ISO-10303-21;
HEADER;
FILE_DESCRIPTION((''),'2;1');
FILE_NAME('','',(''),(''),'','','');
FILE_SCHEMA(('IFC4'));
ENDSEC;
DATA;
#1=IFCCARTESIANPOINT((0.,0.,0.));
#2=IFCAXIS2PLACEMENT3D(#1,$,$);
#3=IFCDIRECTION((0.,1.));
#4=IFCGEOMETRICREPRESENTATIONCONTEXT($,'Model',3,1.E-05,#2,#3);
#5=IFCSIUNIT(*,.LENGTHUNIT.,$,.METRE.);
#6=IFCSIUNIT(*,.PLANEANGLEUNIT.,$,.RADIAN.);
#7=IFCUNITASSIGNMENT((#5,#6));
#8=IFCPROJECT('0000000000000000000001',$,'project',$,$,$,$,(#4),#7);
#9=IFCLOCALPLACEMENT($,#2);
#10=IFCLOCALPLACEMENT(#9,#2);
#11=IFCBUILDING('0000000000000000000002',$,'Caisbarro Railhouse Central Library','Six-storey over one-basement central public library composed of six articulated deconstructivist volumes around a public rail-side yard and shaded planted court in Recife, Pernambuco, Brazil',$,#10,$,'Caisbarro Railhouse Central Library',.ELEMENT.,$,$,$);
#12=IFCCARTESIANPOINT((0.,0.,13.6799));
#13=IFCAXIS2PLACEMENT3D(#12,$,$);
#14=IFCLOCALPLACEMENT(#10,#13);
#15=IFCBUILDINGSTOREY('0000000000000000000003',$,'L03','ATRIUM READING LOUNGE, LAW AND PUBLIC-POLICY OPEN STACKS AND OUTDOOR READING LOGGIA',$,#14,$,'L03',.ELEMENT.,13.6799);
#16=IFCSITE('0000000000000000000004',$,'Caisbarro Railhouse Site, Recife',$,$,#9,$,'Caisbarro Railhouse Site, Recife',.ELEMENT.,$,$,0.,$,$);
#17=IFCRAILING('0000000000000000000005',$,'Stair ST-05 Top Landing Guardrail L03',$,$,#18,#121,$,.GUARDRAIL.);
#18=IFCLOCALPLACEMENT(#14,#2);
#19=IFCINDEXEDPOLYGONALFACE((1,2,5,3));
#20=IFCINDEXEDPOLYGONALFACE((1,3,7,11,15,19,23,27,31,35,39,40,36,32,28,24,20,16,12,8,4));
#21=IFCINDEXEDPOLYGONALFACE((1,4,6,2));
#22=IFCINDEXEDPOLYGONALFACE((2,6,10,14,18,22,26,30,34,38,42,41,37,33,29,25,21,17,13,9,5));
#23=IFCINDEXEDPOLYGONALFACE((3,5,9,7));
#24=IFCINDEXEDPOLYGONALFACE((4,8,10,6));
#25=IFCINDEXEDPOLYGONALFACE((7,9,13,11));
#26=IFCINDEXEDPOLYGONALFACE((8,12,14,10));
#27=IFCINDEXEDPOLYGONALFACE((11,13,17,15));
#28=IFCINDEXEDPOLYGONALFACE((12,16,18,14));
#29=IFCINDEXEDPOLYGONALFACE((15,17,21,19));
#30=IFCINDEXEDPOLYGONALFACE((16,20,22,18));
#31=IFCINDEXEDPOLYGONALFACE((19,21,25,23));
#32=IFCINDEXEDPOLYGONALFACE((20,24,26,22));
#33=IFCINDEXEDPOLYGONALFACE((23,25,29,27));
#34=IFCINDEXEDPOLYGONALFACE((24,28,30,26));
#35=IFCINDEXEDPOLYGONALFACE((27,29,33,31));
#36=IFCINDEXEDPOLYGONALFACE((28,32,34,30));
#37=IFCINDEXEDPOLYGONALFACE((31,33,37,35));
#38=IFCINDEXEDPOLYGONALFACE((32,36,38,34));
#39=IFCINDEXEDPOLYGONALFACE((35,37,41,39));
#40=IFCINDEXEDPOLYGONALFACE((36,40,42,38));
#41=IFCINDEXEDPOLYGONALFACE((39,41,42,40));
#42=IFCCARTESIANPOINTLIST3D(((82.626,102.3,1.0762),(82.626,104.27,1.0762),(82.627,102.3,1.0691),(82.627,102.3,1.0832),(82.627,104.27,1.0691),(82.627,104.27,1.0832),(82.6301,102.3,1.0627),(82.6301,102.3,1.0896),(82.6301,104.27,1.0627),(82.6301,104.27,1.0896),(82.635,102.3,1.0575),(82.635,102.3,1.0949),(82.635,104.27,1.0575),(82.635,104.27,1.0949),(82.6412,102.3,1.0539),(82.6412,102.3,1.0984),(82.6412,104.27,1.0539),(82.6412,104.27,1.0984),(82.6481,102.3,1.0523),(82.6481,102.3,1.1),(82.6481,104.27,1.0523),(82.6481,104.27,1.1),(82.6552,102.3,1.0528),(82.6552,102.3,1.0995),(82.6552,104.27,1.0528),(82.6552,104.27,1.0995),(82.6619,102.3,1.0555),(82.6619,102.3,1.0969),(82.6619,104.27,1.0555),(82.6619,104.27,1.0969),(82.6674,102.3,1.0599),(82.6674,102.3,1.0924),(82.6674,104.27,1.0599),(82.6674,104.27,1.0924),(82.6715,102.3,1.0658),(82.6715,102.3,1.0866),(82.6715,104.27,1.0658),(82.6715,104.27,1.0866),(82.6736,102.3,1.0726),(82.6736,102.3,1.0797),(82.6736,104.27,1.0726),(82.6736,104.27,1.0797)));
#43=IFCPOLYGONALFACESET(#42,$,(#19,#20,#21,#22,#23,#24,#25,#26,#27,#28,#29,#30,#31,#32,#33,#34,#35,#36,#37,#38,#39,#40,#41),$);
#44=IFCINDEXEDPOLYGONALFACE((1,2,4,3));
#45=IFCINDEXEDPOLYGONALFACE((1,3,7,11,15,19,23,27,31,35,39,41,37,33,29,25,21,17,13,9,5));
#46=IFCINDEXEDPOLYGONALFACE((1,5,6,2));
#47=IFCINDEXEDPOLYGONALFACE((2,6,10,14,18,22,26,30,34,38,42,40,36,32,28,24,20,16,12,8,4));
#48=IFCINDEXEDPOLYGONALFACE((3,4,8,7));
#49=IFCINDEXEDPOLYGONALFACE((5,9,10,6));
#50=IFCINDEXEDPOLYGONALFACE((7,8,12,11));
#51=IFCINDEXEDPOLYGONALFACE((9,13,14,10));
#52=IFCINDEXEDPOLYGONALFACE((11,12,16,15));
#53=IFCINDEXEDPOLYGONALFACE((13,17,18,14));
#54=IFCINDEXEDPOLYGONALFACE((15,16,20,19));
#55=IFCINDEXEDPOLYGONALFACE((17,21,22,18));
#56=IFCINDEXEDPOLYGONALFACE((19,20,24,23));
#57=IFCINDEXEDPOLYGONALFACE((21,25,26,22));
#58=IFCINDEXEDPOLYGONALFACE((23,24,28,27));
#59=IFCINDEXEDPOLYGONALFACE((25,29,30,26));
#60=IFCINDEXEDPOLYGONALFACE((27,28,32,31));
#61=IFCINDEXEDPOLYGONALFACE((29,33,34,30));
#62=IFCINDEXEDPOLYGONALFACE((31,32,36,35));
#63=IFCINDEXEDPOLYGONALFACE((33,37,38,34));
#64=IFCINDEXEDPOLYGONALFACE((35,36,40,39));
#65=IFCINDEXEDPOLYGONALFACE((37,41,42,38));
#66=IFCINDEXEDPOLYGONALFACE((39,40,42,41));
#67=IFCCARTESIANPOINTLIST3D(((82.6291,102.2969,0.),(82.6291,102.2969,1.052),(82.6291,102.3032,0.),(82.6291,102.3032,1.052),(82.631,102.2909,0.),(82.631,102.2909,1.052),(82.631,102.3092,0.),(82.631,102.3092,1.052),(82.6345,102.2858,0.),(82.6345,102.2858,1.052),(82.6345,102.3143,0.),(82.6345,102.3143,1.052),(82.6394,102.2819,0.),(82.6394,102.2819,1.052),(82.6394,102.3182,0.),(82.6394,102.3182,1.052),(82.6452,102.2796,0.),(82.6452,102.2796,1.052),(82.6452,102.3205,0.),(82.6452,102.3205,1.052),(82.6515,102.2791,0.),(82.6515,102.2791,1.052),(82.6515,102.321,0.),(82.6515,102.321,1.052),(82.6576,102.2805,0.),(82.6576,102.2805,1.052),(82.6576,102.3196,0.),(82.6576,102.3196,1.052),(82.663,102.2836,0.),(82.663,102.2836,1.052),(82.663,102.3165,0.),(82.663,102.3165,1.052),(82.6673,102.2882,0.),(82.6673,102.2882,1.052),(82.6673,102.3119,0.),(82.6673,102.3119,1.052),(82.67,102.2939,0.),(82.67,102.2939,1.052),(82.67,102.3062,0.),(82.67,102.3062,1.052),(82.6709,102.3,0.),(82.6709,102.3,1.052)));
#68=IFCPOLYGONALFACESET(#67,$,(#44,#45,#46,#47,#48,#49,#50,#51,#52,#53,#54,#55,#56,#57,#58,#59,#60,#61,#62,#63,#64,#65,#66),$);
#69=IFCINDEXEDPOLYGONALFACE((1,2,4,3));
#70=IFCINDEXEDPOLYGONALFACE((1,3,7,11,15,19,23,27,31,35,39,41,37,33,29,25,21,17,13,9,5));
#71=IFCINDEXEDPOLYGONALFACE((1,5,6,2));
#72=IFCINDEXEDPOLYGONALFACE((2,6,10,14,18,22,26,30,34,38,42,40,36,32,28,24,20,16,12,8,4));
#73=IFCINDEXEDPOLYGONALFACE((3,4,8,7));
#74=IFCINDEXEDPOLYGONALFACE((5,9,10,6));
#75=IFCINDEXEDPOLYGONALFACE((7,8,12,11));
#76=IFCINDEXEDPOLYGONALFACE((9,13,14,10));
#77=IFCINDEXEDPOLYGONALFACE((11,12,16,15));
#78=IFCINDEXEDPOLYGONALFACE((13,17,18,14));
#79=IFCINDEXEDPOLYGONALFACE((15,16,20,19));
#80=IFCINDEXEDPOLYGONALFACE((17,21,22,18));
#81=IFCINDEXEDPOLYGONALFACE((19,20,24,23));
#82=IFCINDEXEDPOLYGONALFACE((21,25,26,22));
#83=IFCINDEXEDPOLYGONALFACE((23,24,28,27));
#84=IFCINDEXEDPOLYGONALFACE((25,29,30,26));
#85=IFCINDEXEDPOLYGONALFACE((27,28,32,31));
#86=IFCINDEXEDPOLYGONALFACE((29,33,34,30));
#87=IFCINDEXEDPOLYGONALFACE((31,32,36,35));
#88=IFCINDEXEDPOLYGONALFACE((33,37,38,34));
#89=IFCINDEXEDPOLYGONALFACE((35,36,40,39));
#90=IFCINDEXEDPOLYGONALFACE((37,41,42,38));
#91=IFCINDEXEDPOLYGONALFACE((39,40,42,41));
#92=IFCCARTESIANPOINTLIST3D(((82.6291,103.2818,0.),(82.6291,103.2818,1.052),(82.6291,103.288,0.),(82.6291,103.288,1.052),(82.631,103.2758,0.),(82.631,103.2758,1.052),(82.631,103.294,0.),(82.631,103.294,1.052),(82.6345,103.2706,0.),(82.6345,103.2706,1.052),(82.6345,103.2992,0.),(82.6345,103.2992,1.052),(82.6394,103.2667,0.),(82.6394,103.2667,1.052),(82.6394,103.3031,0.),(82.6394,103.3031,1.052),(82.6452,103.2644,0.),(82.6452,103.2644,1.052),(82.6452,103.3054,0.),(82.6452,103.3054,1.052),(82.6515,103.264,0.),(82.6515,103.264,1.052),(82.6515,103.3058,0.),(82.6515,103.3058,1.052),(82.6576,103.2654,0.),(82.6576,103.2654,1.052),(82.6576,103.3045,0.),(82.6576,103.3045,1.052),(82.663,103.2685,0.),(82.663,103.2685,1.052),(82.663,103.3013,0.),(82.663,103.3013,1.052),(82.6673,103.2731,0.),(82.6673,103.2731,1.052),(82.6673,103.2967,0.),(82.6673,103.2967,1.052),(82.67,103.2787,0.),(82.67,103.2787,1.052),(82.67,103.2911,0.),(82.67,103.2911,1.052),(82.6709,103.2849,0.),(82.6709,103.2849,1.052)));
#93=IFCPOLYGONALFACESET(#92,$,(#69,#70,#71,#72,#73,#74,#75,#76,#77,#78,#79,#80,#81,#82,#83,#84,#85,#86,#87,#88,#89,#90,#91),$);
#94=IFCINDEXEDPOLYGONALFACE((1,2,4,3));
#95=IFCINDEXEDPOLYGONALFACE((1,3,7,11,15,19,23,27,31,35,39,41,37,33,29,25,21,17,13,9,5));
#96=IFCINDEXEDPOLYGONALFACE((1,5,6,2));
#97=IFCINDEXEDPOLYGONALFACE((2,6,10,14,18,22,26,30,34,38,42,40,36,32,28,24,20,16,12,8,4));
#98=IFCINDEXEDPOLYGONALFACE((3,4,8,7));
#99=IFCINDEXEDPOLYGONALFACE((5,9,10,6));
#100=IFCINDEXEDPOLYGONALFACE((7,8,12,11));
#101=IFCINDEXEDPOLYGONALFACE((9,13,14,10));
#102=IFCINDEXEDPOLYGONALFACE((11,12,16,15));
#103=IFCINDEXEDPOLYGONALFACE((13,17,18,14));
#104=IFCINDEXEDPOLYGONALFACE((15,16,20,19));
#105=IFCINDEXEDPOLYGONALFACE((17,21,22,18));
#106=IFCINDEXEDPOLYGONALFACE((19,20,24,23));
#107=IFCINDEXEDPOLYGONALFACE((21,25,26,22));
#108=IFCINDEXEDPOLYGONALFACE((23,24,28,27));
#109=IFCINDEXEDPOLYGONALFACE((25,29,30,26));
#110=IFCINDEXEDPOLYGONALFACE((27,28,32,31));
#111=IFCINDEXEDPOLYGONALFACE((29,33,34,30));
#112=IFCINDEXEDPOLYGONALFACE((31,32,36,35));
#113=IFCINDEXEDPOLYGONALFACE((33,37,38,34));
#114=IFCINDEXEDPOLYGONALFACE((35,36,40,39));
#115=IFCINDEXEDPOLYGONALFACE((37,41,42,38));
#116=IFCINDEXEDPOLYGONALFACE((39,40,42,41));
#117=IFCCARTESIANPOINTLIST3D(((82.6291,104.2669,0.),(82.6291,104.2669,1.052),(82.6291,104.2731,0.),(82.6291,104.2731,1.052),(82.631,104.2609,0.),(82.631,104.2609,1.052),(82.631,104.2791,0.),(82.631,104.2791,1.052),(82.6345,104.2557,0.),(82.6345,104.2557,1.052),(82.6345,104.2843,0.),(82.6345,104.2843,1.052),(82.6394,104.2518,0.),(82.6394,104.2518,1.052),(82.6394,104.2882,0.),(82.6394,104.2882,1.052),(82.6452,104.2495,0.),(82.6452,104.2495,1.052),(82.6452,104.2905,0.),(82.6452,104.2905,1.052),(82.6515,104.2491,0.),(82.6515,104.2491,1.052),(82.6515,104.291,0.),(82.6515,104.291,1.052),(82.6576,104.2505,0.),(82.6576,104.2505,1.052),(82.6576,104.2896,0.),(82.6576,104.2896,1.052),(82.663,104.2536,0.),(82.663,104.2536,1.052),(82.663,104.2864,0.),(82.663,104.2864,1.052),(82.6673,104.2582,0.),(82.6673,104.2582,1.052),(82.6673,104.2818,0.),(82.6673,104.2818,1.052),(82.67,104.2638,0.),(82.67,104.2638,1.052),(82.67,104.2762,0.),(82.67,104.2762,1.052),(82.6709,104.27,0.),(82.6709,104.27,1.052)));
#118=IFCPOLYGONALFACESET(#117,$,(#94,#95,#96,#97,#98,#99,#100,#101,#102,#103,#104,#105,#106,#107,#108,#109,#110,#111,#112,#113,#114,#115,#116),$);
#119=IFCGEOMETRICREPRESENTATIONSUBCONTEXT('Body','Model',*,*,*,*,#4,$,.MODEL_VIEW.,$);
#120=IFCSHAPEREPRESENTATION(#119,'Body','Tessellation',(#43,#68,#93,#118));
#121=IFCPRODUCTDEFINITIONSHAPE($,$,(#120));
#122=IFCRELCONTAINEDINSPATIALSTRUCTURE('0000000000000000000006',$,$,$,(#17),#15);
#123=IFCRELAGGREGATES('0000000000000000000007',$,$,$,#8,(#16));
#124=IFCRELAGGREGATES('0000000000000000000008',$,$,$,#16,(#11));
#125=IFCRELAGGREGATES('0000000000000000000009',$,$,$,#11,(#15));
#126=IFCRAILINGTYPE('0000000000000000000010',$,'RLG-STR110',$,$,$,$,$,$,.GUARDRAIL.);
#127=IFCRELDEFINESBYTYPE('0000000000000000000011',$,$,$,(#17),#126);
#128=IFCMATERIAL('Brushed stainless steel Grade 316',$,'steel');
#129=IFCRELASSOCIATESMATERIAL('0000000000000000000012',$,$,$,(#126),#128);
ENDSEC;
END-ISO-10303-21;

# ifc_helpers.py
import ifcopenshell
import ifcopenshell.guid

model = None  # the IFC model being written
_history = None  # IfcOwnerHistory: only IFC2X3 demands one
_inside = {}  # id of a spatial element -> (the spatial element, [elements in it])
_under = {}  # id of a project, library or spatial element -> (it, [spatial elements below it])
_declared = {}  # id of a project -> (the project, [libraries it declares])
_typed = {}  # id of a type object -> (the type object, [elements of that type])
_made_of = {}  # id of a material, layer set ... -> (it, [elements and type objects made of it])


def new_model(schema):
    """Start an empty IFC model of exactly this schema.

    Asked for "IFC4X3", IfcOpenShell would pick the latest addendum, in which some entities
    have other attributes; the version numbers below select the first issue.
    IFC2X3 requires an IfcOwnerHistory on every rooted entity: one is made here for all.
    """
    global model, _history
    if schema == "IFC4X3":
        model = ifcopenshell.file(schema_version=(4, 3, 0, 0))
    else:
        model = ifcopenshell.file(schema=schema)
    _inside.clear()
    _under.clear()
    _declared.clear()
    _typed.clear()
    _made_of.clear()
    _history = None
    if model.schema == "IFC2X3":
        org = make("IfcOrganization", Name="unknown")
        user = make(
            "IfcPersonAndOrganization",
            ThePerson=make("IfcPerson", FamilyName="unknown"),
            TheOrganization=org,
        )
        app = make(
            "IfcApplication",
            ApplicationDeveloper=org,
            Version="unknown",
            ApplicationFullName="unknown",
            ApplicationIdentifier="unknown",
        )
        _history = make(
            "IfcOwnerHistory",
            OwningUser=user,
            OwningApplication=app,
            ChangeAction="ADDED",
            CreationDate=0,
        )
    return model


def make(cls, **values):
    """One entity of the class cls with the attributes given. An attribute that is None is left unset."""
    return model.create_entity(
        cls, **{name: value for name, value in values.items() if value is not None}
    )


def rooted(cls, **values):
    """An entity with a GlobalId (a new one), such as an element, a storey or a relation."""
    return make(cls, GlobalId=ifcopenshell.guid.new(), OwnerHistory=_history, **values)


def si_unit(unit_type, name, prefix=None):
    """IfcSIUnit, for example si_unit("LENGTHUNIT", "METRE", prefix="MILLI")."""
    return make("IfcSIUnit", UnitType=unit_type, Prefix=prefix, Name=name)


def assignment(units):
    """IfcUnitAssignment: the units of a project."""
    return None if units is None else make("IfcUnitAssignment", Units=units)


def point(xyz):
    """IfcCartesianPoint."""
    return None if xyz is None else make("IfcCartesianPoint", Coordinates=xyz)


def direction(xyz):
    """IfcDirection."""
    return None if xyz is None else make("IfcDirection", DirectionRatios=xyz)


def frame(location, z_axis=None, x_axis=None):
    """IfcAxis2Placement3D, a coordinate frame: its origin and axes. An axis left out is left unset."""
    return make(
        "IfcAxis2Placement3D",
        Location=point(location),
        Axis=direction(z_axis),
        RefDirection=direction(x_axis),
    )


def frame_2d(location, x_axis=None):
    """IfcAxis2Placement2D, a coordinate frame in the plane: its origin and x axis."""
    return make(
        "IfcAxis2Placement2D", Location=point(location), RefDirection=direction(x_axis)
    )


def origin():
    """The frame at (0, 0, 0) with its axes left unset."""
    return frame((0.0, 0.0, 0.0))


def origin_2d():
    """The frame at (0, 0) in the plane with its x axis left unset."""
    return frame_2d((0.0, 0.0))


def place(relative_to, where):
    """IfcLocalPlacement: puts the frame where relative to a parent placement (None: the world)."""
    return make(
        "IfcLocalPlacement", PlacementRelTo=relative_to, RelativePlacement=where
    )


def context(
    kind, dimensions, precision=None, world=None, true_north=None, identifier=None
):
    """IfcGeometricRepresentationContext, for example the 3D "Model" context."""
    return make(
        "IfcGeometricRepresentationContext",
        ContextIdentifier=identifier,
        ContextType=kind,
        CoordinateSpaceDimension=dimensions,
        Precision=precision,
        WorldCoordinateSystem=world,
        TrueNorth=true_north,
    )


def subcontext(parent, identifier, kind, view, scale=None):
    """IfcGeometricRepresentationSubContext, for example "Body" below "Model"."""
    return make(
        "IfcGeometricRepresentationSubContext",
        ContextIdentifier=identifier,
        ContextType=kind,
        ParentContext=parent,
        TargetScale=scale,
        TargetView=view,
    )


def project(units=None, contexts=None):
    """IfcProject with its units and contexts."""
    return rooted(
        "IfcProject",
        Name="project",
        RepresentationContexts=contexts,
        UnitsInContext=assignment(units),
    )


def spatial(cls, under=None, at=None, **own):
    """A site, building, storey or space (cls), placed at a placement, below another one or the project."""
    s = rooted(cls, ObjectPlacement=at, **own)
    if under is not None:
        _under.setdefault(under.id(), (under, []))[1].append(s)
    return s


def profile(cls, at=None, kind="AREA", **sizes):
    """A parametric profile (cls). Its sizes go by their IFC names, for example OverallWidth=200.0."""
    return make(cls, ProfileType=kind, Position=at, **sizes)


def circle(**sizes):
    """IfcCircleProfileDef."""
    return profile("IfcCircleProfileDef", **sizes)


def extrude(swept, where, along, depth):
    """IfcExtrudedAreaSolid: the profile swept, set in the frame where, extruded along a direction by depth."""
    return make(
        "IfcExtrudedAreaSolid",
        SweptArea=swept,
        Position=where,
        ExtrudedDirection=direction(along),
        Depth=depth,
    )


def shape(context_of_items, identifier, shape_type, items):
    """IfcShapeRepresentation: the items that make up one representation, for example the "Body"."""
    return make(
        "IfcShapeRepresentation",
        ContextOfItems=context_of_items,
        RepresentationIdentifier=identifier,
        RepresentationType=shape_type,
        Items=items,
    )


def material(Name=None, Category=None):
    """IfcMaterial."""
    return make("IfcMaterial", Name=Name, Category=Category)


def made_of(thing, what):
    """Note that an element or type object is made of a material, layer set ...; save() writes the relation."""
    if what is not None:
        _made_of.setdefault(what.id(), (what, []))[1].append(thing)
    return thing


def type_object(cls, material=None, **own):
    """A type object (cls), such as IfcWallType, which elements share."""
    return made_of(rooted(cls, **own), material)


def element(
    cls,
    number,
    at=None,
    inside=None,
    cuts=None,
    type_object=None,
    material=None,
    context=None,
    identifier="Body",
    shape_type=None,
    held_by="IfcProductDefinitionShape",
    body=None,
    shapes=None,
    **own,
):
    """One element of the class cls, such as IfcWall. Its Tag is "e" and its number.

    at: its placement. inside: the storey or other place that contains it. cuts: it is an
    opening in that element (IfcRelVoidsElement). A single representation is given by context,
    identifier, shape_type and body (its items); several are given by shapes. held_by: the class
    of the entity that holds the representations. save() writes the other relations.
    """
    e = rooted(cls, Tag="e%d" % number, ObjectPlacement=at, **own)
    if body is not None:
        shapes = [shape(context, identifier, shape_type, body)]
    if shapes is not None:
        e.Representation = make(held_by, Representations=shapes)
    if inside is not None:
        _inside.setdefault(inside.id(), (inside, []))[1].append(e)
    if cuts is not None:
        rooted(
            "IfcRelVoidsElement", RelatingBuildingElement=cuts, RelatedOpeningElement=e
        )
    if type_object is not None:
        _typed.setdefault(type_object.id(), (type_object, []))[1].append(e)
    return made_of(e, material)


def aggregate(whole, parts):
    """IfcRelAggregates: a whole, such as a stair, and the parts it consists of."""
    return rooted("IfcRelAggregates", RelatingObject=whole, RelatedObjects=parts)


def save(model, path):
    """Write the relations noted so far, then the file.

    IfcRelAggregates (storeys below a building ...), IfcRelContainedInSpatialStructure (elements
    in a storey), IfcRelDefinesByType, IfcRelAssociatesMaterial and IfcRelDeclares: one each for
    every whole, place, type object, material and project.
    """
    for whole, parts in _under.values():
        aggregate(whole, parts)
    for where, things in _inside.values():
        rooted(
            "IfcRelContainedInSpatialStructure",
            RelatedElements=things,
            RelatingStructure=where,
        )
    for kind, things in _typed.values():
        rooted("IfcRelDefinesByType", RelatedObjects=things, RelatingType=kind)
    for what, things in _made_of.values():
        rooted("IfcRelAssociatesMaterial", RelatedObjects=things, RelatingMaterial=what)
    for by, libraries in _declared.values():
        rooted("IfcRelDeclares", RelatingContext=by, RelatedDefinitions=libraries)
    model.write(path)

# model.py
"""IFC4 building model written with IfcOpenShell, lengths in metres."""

from ifc_helpers import new_model, si_unit, direction, frame, origin, origin_2d, place, context, subcontext, project, spatial, circle, extrude, material, type_object, element, save


model = new_model("IFC4")

# Units and contexts
model_context = context("Model", 3, precision=1e-05, world=origin(), true_north=direction((0.0, 1.0)))
body_context = subcontext(model_context, "Body", "Model", "MODEL_VIEW")
ifc_project = project(units=[si_unit("LENGTHUNIT", "METRE"), si_unit("PLANEANGLEUNIT", "RADIAN")], contexts=[model_context])

# Site, building, storey
site_placement = place(None, origin())
site = spatial("IfcSite", under=ifc_project, at=site_placement, Name="Caisbarro Railhouse Site, Recife", LongName="Caisbarro Railhouse Site, Recife", CompositionType="ELEMENT", RefElevation=0.0)
building_placement = place(site_placement, origin())
building = spatial("IfcBuilding", under=site, at=building_placement, Name="Caisbarro Railhouse Central Library", Description="Six-storey over one-basement central public library composed of six articulated deconstructivist volumes around a public rail-side yard and shaded planted court in Recife, Pernambuco, Brazil", LongName="Caisbarro Railhouse Central Library", CompositionType="ELEMENT")
storey_placement = place(building_placement, frame((0.0, 0.0, 13.6799)))
storey = spatial("IfcBuildingStorey", under=building, at=storey_placement, Name="L03", Description="ATRIUM READING LOUNGE, LAW AND PUBLIC-POLICY OPEN STACKS AND OUTDOOR READING LOGGIA", LongName="L03", CompositionType="ELEMENT", Elevation=13.6799)

# Railing
ifc_material_1 = material(Name="Brushed stainless steel Grade 316", Category="steel")
railing_type = type_object("IfcRailingType", Name="RLG-STR110", PredefinedType="GUARDRAIL", material=ifc_material_1)
railing_placement = place(storey_placement, frame((82.6499, 102.3, 0.0)))
element("IfcRailing", 1, at=railing_placement, inside=storey, type_object=railing_type, Name="Stair ST-05 Top Landing Guardrail L03", PredefinedType="GUARDRAIL", context=body_context, shape_type="SweptSolid", body=[
    extrude(circle(Radius=0.0239, at=origin_2d()), frame((0.0, 0.0, 1.0762), z_axis=(0.0, 1.0, 0.0), x_axis=(-1.0, 0.0, 0.0)), (0.0, 0.0, 1.0), 1.97),
    extrude(circle(Radius=0.021, at=origin_2d()), origin(), (0.0, 0.0, 1.0), 1.052),
    extrude(circle(Radius=0.021, at=origin_2d()), frame((0.0, 0.9849, 0.0)), (0.0, 0.0, 1.0), 1.052),
    extrude(circle(Radius=0.021, at=origin_2d()), frame((0.0, 1.97, 0.0)), (0.0, 0.0, 1.0), 1.052),
])

save(model, "model.ifc")
